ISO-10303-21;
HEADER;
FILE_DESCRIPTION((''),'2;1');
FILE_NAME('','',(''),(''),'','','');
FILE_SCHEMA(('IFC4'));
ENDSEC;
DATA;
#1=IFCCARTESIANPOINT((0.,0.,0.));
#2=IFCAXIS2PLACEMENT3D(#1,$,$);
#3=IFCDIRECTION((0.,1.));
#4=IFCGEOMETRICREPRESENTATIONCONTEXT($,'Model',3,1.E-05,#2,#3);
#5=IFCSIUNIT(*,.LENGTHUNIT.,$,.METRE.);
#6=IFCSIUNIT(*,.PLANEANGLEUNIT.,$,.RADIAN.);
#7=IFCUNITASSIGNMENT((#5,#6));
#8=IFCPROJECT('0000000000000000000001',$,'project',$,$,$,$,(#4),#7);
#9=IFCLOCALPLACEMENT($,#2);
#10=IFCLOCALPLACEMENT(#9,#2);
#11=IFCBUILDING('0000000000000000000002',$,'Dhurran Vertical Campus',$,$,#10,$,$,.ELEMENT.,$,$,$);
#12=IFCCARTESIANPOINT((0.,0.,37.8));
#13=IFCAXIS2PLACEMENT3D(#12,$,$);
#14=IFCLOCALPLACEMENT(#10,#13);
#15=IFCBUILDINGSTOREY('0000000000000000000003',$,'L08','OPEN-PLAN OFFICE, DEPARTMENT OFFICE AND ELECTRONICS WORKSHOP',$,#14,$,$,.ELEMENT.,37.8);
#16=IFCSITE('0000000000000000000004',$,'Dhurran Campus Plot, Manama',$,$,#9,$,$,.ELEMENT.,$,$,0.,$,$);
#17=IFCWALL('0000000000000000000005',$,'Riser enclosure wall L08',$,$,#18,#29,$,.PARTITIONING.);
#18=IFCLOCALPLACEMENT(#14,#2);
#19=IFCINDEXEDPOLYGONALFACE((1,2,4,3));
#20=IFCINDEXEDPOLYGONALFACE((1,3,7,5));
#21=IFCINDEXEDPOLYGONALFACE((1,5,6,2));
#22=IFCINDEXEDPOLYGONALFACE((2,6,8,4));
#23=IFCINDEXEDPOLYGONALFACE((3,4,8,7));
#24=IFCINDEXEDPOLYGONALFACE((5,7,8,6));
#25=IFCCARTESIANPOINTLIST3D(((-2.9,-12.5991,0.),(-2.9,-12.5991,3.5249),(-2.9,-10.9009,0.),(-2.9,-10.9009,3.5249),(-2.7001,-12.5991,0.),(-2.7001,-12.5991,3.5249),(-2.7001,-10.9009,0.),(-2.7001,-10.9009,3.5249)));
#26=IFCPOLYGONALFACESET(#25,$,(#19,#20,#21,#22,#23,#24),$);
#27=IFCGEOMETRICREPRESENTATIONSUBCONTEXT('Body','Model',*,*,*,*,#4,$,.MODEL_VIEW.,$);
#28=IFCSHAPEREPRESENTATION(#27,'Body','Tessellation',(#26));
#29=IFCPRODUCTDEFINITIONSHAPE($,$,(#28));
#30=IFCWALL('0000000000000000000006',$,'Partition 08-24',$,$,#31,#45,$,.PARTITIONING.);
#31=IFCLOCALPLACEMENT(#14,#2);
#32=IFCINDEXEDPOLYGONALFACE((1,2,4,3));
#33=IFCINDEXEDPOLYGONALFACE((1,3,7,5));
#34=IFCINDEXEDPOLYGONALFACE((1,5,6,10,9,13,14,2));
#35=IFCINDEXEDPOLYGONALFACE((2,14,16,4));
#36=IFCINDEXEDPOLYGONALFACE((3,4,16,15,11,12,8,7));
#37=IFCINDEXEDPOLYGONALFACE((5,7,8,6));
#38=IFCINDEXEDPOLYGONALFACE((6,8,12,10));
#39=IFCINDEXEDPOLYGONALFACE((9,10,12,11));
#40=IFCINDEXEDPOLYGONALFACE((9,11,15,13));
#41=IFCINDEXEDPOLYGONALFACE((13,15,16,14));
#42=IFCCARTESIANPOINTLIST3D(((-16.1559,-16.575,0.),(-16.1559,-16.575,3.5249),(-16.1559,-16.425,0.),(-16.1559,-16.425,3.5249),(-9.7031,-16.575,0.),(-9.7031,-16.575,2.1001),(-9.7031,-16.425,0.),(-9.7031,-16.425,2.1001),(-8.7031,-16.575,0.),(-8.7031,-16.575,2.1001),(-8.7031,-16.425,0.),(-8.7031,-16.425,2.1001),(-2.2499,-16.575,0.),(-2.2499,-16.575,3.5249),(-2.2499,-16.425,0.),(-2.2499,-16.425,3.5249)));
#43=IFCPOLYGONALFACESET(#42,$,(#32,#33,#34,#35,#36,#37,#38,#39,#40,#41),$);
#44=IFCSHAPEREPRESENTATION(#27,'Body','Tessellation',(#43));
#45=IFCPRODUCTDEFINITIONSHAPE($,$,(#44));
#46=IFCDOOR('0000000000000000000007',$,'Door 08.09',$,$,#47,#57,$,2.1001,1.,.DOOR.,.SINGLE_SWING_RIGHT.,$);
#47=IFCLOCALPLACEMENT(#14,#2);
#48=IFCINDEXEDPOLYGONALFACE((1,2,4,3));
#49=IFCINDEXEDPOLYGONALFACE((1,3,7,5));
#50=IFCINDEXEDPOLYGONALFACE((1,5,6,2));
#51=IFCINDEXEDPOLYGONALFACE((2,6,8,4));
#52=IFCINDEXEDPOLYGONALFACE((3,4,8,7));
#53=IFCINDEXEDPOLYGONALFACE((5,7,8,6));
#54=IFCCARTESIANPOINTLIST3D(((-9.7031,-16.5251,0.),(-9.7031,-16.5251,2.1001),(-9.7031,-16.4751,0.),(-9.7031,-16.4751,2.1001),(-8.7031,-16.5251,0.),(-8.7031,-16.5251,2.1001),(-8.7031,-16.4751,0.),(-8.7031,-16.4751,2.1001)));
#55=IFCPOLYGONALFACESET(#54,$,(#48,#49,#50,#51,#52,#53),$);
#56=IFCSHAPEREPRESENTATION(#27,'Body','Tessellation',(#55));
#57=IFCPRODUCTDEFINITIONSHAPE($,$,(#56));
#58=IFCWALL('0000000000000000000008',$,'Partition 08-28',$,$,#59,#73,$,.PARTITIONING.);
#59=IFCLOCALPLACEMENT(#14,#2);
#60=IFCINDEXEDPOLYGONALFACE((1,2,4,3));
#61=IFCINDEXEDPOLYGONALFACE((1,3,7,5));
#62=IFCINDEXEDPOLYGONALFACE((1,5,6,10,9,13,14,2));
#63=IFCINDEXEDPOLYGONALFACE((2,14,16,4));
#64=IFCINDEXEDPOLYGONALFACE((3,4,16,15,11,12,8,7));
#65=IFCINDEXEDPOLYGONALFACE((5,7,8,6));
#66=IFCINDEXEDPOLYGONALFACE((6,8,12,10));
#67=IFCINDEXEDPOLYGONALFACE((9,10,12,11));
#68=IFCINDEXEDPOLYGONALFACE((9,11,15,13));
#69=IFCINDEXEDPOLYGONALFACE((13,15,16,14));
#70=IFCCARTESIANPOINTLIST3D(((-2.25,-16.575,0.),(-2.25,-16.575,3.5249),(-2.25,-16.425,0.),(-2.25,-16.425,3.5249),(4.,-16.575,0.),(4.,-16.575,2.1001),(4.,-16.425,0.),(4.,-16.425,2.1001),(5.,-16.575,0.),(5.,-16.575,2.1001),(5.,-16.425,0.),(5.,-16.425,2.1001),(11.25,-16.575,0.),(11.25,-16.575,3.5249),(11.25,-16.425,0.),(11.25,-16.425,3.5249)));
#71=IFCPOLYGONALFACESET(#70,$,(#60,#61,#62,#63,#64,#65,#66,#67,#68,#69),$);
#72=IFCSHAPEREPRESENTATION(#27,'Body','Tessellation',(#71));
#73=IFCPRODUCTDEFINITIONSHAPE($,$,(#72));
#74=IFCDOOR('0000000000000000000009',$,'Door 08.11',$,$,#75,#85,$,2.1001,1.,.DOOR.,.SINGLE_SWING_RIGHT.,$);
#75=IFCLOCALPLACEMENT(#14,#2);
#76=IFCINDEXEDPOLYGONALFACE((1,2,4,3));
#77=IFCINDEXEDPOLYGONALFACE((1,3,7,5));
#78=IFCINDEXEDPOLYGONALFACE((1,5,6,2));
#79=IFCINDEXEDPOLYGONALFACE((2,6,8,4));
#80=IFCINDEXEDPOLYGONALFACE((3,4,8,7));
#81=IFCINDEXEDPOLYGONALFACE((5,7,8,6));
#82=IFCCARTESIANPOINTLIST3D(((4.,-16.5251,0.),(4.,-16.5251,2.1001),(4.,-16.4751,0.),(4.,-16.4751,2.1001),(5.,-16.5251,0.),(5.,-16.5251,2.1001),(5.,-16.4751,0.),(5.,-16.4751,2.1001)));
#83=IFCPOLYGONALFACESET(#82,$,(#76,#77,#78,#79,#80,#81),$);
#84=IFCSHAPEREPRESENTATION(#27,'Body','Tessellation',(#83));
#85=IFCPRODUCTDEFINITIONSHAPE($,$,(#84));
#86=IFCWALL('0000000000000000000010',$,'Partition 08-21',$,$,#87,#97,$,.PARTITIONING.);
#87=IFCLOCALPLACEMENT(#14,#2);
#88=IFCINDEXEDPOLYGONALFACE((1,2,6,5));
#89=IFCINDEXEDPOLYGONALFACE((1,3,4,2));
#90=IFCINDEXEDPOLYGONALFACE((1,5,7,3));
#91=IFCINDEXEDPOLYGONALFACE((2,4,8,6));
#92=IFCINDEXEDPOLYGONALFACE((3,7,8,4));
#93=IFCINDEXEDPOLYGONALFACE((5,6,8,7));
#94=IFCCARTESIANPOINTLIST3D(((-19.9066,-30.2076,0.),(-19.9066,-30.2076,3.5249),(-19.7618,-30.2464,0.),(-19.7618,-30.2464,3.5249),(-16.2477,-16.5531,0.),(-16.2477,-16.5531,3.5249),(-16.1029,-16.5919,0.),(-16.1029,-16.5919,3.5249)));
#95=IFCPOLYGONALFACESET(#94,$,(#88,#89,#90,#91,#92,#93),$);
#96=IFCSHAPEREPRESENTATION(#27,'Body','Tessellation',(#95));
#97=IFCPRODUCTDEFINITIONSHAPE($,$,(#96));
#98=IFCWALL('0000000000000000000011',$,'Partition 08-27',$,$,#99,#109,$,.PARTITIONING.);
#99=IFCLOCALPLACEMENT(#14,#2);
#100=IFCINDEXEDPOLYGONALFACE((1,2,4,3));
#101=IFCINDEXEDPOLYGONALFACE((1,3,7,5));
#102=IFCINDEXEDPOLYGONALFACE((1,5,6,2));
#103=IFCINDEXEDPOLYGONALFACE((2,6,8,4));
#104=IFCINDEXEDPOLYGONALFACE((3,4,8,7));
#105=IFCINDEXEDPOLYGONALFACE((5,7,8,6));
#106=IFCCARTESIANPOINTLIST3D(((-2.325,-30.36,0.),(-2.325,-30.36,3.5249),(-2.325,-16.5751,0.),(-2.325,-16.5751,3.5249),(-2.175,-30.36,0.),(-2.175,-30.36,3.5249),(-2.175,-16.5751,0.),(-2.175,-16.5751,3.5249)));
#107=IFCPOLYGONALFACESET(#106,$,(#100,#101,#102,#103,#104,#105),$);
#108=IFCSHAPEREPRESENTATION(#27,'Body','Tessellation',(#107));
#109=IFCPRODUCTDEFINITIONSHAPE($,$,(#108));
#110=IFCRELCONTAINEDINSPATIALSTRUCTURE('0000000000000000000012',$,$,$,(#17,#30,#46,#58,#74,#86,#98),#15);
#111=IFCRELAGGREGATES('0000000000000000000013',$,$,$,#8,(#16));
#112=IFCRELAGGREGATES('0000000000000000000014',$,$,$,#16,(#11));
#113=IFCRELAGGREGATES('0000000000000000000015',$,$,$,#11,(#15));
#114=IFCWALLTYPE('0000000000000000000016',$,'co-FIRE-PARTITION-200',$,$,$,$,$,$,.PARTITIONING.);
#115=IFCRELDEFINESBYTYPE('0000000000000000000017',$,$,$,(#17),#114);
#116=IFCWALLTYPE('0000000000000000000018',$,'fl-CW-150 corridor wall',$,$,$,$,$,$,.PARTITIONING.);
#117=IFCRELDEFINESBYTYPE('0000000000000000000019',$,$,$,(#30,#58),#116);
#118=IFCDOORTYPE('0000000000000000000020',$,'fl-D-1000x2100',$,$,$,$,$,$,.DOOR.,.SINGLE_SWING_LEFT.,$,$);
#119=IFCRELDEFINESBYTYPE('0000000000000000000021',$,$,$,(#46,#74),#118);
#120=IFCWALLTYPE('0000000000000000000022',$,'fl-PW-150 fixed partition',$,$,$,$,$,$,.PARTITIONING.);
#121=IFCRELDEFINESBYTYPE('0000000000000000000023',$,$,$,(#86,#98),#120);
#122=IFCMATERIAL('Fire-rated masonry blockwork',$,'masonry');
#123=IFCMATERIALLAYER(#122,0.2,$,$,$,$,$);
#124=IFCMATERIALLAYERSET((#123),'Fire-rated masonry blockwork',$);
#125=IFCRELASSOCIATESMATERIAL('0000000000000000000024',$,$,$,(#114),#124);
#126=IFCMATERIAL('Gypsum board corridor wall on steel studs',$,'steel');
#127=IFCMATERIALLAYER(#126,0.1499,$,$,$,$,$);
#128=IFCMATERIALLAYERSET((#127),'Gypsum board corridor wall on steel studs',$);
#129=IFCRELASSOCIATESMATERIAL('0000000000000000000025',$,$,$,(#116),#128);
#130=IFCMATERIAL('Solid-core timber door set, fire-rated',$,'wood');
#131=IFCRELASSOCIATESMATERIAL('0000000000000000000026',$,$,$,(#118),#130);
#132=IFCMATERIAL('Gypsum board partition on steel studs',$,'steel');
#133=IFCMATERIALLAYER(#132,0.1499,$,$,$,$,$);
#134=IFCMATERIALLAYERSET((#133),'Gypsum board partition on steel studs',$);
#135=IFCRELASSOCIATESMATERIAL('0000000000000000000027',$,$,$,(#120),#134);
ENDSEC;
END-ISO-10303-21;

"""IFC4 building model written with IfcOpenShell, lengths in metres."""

from ifc_helpers import new_model, si_unit, direction, frame, frame_2d, origin, place, context, subcontext, project, spatial, rectangle, extrude, material, layer, layer_set, type_object, element, fill, save


model = new_model("IFC4")

# Units and contexts
model_context = context("Model", 3, precision=1e-05, world=origin(), true_north=direction((0.0, 1.0)))
body_context = subcontext(model_context, "Body", "Model", "MODEL_VIEW")
ifc_project = project(units=[si_unit("LENGTHUNIT", "METRE"), si_unit("PLANEANGLEUNIT", "RADIAN")], contexts=[model_context])

# Site, building, storey
site_placement = place(None, origin())
site = spatial("IfcSite", under=ifc_project, at=site_placement, Name="Dhurran Campus Plot, Manama", CompositionType="ELEMENT", RefElevation=0.0)
building_placement = place(site_placement, origin())
building = spatial("IfcBuilding", under=site, at=building_placement, Name="Dhurran Vertical Campus", CompositionType="ELEMENT")
storey_placement = place(building_placement, frame((0.0, 0.0, 37.8)))
storey = spatial("IfcBuildingStorey", under=building, at=storey_placement, Name="L08", Description="OPEN-PLAN OFFICE, DEPARTMENT OFFICE AND ELECTRONICS WORKSHOP", CompositionType="ELEMENT", Elevation=37.8)

# Shared definitions
ifc_material_1 = material(Name="Fire-rated masonry blockwork", Category="masonry")
ifc_layer_1 = layer(ifc_material_1, 0.2)
ifc_layer_set_1 = layer_set([ifc_layer_1], Name="Fire-rated masonry blockwork")
wall_type_1 = type_object("IfcWallType", Name="co-FIRE-PARTITION-200", PredefinedType="PARTITIONING", material=ifc_layer_set_1)

# Wall
wall_1_placement = place(storey_placement, frame((-2.8, -12.5991, 0.0), z_axis=(0.0, 0.0, 1.0), x_axis=(0.0, 1.0, 0.0)))
element("IfcWall", 1, at=wall_1_placement, inside=storey, type_object=wall_type_1, Name="Riser enclosure wall L08", PredefinedType="PARTITIONING", context=body_context, shape_type="SweptSolid", body=[
    extrude(rectangle(XDim=1.6982, YDim=0.2, at=frame_2d((0.8491, 0.0))), origin(), (0.0, 0.0, 1.0), 3.5249),
])

# Walls, openings, doors
ifc_material_2 = material(Name="Gypsum board corridor wall on steel studs", Category="steel")
ifc_layer_2 = layer(ifc_material_2, 0.1499)
ifc_layer_set_2 = layer_set([ifc_layer_2], Name="Gypsum board corridor wall on steel studs")
wall_type_2 = type_object("IfcWallType", Name="fl-CW-150 corridor wall", PredefinedType="PARTITIONING", material=ifc_layer_set_2)
wall_2_placement = place(storey_placement, frame((-16.156, -16.5, 0.0), z_axis=(0.0, 0.0, 1.0), x_axis=(1.0, 0.0, 0.0)))
wall_2 = element("IfcWall", 2, at=wall_2_placement, inside=storey, type_object=wall_type_2, Name="Partition 08-24", PredefinedType="PARTITIONING", context=body_context, shape_type="SweptSolid", body=[
    extrude(rectangle(XDim=13.906, YDim=0.1499, at=frame_2d((6.9531, 0.0))), origin(), (0.0, 0.0, 1.0), 3.5249),
])
opening_1_placement = place(wall_2_placement, frame((6.4529, 0.0, 0.0)))
opening_1 = element("IfcOpeningElement", 3, at=opening_1_placement, cuts=wall_2, PredefinedType="OPENING", context=body_context, shape_type="SweptSolid", body=[
    extrude(rectangle(XDim=1.0, YDim=2.1001, at=frame_2d((0.5, 1.05))), frame((0.0, 0.085, 0.0), z_axis=(0.0, -1.0, 0.0), x_axis=(1.0, 0.0, 0.0)), (0.0, 0.0, 1.0), 0.1699),
])
ifc_material_3 = material(Name="Solid-core timber door set, fire-rated", Category="wood")
door_type_1 = type_object("IfcDoorType", Name="fl-D-1000x2100", OperationType="SINGLE_SWING_LEFT", PredefinedType="DOOR", material=ifc_material_3)
door_1_placement = place(opening_1_placement, origin())
door_1 = element("IfcDoor", 4, at=door_1_placement, inside=storey, type_object=door_type_1, Name="Door 08.09", OperationType="SINGLE_SWING_RIGHT", OverallHeight=2.1001, OverallWidth=1.0, PredefinedType="DOOR", context=body_context, shape_type="SweptSolid", body=[
    extrude(rectangle(XDim=1.0, YDim=2.1001, at=frame_2d((0.5, 1.05))), frame((0.0, 0.0249, 0.0), z_axis=(0.0, -1.0, 0.0), x_axis=(1.0, 0.0, 0.0)), (0.0, 0.0, 1.0), 0.05),
])
fill(opening_1, door_1)
wall_3_placement = place(storey_placement, frame((-2.25, -16.5, 0.0), z_axis=(0.0, 0.0, 1.0), x_axis=(1.0, 0.0, 0.0)))
wall_3 = element("IfcWall", 5, at=wall_3_placement, inside=storey, type_object=wall_type_2, Name="Partition 08-28", PredefinedType="PARTITIONING", context=body_context, shape_type="SweptSolid", body=[
    extrude(rectangle(XDim=13.5, YDim=0.1499, at=frame_2d((6.75, 0.0))), origin(), (0.0, 0.0, 1.0), 3.5249),
])
opening_2_placement = place(wall_3_placement, frame((6.25, 0.0, 0.0)))
opening_2 = element("IfcOpeningElement", 6, at=opening_2_placement, cuts=wall_3, PredefinedType="OPENING", context=body_context, shape_type="SweptSolid", body=[
    extrude(rectangle(XDim=1.0, YDim=2.1001, at=frame_2d((0.5, 1.05))), frame((0.0, 0.085, 0.0), z_axis=(0.0, -1.0, 0.0), x_axis=(1.0, 0.0, 0.0)), (0.0, 0.0, 1.0), 0.1699),
])
door_2_placement = place(opening_2_placement, origin())
door_2 = element("IfcDoor", 7, at=door_2_placement, inside=storey, type_object=door_type_1, Name="Door 08.11", OperationType="SINGLE_SWING_RIGHT", OverallHeight=2.1001, OverallWidth=1.0, PredefinedType="DOOR", context=body_context, shape_type="SweptSolid", body=[
    extrude(rectangle(XDim=1.0, YDim=2.1001, at=frame_2d((0.5, 1.05))), frame((0.0, 0.0249, 0.0), z_axis=(0.0, -1.0, 0.0), x_axis=(1.0, 0.0, 0.0)), (0.0, 0.0, 1.0), 0.05),
])
fill(opening_2, door_2)

# Walls
ifc_material_4 = material(Name="Gypsum board partition on steel studs", Category="steel")
ifc_layer_3 = layer(ifc_material_4, 0.1499)
ifc_layer_set_3 = layer_set([ifc_layer_3], Name="Gypsum board partition on steel studs")
wall_type_3 = type_object("IfcWallType", Name="fl-PW-150 fixed partition", PredefinedType="PARTITIONING", material=ifc_layer_set_3)
wall_4_placement = place(storey_placement, frame((-16.1753, -16.5725, 0.0), z_axis=(0.0, 0.0, 1.0), x_axis=(-0.258833, -0.965922, 0.0)))
element("IfcWall", 8, at=wall_4_placement, inside=storey, type_object=wall_type_3, Name="Partition 08-21", PredefinedType="PARTITIONING", context=body_context, shape_type="SweptSolid", body=[
    extrude(rectangle(XDim=14.1362, YDim=0.1499, at=frame_2d((7.0681, 0.0))), origin(), (0.0, 0.0, 1.0), 3.5249),
])
wall_5_placement = place(storey_placement, frame((-2.25, -16.575, 0.0), z_axis=(0.0, 0.0, 1.0), x_axis=(0.0, -1.0, 0.0)))
element("IfcWall", 9, at=wall_5_placement, inside=storey, type_object=wall_type_3, Name="Partition 08-27", PredefinedType="PARTITIONING", context=body_context, shape_type="SweptSolid", body=[
    extrude(rectangle(XDim=13.7849, YDim=0.1499, at=frame_2d((6.8926, 0.0))), origin(), (0.0, 0.0, 1.0), 3.5249),
])

save(model, "model.ifc")
